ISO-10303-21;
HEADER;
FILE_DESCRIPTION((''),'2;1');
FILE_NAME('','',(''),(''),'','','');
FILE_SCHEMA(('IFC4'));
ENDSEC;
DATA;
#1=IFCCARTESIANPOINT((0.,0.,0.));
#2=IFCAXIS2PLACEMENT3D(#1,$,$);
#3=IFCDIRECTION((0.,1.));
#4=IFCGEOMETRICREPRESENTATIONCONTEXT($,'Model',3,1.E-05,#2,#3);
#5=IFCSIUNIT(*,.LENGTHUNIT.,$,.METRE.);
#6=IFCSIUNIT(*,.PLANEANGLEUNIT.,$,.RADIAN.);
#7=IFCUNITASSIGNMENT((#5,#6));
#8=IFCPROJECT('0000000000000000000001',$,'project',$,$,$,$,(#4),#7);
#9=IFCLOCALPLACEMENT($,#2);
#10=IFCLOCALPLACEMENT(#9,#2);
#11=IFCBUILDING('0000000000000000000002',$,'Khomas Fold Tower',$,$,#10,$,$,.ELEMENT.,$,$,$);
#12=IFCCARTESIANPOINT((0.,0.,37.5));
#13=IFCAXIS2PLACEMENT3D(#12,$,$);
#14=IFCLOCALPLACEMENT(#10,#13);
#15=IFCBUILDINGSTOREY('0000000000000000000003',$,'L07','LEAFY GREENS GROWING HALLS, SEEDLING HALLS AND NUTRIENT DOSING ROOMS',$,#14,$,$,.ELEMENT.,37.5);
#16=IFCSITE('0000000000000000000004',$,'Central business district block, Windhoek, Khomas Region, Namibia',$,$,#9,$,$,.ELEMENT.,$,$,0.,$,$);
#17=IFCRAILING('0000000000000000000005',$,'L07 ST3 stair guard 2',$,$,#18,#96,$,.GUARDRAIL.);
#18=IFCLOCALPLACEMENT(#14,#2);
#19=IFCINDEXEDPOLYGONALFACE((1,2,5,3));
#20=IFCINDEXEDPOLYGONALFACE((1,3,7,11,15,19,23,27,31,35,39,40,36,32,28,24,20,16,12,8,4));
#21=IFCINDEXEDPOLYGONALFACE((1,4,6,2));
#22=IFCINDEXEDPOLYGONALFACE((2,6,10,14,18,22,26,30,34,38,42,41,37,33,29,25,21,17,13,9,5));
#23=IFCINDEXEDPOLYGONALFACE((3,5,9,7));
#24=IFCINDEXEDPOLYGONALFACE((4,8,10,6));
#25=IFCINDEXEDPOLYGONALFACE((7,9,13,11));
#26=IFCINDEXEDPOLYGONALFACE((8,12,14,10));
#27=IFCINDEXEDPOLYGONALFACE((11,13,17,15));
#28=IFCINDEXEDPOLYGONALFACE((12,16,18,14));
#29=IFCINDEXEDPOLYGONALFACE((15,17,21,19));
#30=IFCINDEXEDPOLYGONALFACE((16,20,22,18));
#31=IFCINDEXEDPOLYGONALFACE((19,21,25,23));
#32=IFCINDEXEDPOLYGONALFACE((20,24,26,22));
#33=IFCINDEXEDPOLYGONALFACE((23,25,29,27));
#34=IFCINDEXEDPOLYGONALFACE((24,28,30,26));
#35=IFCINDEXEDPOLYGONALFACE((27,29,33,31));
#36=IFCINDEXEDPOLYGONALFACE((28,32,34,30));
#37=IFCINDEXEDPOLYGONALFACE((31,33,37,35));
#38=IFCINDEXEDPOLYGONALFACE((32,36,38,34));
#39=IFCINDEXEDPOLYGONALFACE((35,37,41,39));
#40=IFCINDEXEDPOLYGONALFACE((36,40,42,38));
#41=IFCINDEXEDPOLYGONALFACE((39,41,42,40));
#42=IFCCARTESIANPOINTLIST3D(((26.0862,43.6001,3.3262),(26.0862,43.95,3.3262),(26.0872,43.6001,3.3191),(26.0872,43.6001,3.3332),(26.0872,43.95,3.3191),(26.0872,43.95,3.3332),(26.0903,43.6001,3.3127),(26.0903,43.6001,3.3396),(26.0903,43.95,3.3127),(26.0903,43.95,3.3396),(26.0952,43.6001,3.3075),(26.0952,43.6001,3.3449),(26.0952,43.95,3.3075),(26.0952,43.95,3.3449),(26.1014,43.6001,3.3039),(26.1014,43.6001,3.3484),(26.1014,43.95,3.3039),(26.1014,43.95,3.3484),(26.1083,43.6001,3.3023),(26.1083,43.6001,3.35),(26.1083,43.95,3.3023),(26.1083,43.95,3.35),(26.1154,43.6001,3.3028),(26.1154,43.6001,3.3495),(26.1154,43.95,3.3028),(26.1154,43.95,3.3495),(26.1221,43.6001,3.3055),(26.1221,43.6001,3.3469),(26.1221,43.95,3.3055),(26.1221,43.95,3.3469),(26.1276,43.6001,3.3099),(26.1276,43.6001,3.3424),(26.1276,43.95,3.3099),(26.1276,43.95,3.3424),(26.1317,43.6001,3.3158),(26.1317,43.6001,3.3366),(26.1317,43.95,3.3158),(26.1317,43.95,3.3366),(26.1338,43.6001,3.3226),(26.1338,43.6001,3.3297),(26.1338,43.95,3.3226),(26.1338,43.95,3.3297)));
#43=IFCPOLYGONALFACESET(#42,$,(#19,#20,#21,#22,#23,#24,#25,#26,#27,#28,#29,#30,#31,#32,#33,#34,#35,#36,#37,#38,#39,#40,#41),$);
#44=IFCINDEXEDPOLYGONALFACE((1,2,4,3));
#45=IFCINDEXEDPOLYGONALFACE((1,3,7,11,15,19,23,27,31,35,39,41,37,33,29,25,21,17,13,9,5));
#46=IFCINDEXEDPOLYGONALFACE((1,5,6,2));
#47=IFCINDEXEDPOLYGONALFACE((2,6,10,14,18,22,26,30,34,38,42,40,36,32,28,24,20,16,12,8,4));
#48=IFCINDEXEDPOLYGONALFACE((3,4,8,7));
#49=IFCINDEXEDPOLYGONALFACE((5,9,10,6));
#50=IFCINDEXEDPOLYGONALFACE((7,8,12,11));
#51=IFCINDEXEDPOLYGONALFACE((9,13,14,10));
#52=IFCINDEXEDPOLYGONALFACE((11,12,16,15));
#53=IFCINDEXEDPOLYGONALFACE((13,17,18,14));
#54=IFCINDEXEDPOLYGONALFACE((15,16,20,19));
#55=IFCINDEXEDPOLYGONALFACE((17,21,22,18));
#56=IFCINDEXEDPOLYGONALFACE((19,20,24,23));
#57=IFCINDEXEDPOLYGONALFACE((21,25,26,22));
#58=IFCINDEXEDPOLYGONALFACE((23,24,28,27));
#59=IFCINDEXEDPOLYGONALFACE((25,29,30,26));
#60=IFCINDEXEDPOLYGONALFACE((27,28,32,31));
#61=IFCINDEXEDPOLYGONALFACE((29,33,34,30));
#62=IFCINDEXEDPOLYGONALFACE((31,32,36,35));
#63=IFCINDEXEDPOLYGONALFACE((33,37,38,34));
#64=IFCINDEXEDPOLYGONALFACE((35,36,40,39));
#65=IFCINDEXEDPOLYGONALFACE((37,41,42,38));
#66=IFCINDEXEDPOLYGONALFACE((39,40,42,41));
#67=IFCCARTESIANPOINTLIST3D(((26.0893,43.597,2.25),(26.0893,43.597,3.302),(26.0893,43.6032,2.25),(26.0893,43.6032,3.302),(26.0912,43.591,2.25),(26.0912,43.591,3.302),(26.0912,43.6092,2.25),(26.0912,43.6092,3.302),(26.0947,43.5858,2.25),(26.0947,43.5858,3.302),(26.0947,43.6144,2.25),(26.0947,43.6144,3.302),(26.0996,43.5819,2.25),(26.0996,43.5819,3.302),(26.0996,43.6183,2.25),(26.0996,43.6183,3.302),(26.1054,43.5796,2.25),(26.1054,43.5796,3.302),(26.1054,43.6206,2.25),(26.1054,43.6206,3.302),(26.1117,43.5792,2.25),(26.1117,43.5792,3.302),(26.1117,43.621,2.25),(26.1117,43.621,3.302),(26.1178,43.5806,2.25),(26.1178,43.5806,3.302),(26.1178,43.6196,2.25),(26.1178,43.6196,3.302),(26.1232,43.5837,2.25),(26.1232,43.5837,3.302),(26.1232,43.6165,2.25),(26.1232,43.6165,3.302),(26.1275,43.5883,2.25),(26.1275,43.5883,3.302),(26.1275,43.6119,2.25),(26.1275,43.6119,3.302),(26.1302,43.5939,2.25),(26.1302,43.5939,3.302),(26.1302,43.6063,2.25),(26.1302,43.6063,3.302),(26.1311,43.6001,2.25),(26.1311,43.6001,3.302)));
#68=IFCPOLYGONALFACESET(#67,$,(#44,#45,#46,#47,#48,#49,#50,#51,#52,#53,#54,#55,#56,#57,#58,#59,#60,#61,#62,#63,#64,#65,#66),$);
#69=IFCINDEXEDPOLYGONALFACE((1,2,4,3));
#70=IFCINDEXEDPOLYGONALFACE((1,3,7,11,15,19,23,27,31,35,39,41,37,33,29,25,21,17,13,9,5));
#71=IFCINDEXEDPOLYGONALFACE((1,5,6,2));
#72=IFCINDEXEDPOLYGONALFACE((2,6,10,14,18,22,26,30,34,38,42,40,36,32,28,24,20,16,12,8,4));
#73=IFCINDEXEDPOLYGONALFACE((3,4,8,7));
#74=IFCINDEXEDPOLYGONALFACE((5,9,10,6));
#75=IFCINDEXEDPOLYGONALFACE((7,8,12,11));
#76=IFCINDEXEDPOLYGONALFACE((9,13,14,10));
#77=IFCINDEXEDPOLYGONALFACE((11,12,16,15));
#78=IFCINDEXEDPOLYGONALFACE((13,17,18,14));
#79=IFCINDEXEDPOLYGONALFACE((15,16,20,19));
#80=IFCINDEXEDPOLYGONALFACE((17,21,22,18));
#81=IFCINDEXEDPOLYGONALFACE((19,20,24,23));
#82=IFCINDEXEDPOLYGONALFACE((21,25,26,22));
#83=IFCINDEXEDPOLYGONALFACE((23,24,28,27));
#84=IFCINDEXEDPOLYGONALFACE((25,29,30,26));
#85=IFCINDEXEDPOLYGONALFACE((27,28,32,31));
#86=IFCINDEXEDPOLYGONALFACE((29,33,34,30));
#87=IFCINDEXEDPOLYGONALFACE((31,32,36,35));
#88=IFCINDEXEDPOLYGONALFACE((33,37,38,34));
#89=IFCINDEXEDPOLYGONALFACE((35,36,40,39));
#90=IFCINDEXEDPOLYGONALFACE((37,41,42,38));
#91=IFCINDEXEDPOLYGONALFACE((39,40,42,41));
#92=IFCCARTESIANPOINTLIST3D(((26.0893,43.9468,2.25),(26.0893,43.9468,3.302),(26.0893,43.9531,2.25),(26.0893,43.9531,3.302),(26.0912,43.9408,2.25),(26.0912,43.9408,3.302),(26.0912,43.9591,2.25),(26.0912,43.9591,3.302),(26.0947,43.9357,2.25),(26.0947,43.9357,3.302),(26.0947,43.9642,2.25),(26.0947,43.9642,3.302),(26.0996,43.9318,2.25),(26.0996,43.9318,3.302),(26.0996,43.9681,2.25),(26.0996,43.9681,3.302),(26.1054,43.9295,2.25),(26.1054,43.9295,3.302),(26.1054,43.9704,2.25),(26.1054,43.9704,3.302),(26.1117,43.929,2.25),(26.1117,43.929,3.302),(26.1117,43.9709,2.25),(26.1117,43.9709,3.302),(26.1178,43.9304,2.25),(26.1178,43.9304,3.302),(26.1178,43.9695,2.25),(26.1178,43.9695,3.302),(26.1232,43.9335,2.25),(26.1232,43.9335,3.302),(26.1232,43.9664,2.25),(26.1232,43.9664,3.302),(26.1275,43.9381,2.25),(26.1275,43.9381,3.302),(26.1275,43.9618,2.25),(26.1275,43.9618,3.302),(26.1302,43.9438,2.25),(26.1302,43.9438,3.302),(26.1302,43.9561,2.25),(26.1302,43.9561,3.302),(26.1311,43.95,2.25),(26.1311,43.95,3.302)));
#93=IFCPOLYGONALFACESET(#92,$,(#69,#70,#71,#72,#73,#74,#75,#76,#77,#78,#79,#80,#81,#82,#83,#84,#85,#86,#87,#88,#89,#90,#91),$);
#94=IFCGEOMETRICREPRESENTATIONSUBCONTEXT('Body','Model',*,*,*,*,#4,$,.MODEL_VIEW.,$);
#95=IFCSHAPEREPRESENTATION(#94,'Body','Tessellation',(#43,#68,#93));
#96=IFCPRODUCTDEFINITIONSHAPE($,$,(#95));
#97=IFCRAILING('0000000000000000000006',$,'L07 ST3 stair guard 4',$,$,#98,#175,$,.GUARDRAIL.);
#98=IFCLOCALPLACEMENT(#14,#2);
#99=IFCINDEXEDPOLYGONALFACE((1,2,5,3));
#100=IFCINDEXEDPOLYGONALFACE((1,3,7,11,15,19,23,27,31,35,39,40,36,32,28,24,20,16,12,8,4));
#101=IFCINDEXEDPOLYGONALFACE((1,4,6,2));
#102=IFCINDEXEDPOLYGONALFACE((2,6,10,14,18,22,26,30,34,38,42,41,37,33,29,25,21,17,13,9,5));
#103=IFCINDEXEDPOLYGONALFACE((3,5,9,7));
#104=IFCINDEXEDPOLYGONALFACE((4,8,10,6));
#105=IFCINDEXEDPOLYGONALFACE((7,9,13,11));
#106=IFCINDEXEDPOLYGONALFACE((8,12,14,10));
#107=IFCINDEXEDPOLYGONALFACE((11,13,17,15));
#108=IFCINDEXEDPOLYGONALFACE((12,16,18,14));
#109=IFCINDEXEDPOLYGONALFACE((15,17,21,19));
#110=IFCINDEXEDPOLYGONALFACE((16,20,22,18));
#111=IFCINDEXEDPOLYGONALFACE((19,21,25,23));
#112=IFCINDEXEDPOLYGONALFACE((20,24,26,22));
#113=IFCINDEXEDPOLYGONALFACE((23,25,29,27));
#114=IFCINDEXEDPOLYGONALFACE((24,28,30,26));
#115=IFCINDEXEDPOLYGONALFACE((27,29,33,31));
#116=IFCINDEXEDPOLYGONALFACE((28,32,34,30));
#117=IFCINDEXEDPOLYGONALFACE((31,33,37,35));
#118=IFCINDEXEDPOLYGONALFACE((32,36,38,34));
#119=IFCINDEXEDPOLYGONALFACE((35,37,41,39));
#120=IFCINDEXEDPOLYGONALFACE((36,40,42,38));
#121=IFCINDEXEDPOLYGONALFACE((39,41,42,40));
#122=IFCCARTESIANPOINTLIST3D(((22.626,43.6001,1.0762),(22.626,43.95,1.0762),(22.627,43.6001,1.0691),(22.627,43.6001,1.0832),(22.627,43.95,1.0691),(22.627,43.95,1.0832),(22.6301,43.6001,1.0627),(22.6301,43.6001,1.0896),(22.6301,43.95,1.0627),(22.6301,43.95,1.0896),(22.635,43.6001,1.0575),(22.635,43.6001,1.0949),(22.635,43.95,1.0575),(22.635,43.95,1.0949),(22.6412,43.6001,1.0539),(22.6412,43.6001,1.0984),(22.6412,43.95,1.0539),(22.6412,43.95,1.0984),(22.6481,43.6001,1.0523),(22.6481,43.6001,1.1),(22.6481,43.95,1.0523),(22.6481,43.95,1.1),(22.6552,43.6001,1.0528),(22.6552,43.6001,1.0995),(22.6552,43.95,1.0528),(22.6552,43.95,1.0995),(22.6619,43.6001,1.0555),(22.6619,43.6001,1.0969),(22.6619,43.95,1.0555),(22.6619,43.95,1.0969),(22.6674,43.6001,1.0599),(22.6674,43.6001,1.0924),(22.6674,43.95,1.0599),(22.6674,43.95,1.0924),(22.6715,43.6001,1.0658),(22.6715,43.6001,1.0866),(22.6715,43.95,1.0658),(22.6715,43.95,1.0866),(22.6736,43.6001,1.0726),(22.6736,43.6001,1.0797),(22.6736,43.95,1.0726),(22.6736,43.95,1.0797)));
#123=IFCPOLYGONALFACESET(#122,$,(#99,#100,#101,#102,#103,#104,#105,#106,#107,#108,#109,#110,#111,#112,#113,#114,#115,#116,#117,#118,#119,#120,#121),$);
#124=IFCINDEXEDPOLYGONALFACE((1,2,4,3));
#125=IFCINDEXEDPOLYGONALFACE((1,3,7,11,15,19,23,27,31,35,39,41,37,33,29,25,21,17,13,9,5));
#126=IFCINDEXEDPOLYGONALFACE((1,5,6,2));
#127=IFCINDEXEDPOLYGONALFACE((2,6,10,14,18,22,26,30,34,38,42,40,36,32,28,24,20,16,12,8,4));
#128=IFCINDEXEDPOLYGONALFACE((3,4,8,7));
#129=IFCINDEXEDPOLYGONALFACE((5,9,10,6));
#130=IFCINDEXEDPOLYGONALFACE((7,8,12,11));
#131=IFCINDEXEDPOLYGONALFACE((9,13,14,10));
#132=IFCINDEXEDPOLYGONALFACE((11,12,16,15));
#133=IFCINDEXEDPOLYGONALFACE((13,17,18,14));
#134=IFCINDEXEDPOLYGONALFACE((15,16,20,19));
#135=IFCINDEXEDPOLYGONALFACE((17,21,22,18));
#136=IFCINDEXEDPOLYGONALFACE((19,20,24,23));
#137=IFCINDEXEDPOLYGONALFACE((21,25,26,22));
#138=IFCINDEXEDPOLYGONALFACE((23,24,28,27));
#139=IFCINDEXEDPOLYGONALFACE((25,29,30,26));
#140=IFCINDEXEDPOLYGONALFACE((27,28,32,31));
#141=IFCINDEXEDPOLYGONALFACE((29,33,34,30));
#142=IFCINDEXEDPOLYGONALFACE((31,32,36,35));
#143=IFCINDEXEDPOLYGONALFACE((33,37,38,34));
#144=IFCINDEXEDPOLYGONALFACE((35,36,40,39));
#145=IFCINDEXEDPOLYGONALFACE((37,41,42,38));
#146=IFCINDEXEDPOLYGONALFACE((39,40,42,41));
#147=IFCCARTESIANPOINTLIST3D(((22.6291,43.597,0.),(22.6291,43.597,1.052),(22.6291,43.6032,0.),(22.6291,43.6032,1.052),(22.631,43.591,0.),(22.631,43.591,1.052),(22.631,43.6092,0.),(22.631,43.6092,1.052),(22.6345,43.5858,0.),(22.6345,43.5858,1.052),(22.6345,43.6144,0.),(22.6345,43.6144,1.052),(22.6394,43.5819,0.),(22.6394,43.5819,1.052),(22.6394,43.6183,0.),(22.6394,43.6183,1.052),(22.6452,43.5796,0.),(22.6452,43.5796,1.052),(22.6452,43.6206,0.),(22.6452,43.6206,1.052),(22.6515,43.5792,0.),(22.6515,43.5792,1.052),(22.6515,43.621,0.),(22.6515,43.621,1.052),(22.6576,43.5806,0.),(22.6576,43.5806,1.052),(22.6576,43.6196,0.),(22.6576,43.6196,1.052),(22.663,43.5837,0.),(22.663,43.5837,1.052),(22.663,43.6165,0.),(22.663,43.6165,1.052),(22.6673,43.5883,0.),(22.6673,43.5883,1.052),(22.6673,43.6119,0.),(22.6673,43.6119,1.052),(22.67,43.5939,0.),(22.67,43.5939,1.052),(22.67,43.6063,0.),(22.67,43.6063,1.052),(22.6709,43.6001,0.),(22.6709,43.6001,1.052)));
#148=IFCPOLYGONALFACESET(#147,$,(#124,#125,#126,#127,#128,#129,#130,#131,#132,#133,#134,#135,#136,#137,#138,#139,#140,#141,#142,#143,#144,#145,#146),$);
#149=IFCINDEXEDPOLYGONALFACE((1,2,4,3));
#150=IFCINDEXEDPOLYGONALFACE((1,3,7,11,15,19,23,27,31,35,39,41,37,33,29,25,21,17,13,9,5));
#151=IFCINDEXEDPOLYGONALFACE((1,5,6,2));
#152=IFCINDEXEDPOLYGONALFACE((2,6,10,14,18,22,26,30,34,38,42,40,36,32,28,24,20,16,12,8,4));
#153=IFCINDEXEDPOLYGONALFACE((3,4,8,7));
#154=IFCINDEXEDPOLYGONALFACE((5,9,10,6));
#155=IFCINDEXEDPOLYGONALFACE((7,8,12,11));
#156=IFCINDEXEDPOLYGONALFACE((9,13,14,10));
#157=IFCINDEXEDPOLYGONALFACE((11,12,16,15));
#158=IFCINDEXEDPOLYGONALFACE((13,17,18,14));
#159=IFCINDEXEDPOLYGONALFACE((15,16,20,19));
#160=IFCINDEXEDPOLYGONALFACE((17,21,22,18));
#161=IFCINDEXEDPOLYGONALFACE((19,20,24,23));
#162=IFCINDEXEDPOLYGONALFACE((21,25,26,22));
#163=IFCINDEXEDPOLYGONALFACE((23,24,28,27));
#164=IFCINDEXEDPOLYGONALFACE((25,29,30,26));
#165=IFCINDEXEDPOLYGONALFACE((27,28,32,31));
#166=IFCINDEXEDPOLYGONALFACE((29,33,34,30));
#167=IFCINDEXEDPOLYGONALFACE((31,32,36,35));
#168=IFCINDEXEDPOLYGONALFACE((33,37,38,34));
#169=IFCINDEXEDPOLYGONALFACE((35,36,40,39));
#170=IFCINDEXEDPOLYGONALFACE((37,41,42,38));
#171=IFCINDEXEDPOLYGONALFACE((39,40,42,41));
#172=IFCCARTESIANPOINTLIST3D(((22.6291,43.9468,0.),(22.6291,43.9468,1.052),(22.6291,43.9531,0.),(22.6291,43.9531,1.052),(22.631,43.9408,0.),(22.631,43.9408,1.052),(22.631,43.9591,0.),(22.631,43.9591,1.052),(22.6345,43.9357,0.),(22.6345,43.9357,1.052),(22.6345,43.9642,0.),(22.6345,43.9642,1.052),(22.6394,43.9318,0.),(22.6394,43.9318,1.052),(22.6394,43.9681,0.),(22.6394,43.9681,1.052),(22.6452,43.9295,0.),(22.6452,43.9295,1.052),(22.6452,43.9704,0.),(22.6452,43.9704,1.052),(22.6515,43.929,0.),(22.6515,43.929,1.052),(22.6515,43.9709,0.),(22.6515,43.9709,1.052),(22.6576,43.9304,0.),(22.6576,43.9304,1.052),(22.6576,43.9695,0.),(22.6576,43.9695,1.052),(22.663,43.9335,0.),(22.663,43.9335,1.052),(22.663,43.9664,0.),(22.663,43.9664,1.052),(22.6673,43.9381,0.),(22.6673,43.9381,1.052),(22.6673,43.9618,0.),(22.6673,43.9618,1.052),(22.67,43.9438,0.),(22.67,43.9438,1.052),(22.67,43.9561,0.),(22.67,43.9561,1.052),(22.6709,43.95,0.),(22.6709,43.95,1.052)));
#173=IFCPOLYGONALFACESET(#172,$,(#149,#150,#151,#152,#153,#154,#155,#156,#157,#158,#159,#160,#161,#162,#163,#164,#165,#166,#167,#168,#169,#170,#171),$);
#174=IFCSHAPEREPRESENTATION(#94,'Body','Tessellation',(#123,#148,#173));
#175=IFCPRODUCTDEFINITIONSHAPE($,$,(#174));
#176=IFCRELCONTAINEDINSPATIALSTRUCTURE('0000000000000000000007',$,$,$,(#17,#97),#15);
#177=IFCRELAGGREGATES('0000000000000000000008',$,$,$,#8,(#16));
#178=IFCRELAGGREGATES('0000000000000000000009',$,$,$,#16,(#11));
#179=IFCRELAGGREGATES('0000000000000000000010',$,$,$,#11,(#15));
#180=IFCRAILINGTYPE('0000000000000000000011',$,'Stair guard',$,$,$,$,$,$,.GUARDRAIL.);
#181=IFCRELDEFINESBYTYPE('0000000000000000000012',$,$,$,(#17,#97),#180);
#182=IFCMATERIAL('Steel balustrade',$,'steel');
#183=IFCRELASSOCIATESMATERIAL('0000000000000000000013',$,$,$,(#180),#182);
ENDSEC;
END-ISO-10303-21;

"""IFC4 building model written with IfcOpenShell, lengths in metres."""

from ifc_helpers import new_model, si_unit, direction, frame, origin, origin_2d, place, context, subcontext, project, spatial, circle, extrude, source, transform, mapped, material, type_object, element, save


model = new_model("IFC4")

# Units and contexts
model_context = context("Model", 3, precision=1e-05, world=origin(), true_north=direction((0.0, 1.0)))
body_context = subcontext(model_context, "Body", "Model", "MODEL_VIEW")
ifc_project = project(units=[si_unit("LENGTHUNIT", "METRE"), si_unit("PLANEANGLEUNIT", "RADIAN")], contexts=[model_context])

# Site, building, storey
site_placement = place(None, origin())
site = spatial("IfcSite", under=ifc_project, at=site_placement, Name="Central business district block, Windhoek, Khomas Region, Namibia", CompositionType="ELEMENT", RefElevation=0.0)
building_placement = place(site_placement, origin())
building = spatial("IfcBuilding", under=site, at=building_placement, Name="Khomas Fold Tower", CompositionType="ELEMENT")
storey_placement = place(building_placement, frame((0.0, 0.0, 37.5)))
storey = spatial("IfcBuildingStorey", under=building, at=storey_placement, Name="L07", Description="LEAFY GREENS GROWING HALLS, SEEDLING HALLS AND NUTRIENT DOSING ROOMS", CompositionType="ELEMENT", Elevation=37.5)

# Railings
ifc_material_1 = material(Name="Steel balustrade", Category="steel")
railing_type_1 = type_object("IfcRailingType", Name="Stair guard", PredefinedType="GUARDRAIL", material=ifc_material_1)
shared_shape_1 = source(origin(), body_context, "Body", "SweptSolid", [
    extrude(circle(Radius=0.0239, at=origin_2d()), frame((0.0, 0.0, 1.0762), z_axis=(0.0, 1.0, 0.0), x_axis=(-1.0, 0.0, 0.0)), (0.0, 0.0, 1.0), 0.3499),
    extrude(circle(Radius=0.021, at=origin_2d()), origin(), (0.0, 0.0, 1.0), 1.052),
    extrude(circle(Radius=0.021, at=origin_2d()), frame((0.0, 0.3499, 0.0)), (0.0, 0.0, 1.0), 1.052),
])
for number, where, name in (
    (1, (26.1101, 43.6001, 2.25), "L07 ST3 stair guard 2"),
    (2, (22.6499, 43.6001, 0.0), "L07 ST3 stair guard 4"),
):
    element("IfcRailing", number, at=place(storey_placement, frame(where)), inside=storey, type_object=railing_type_1, Name=name, PredefinedType="GUARDRAIL", context=body_context, shape_type="MappedRepresentation", body=[
        mapped(shared_shape_1, transform((0.0, 0.0, 0.0))),
    ])

save(model, "model.ifc")
